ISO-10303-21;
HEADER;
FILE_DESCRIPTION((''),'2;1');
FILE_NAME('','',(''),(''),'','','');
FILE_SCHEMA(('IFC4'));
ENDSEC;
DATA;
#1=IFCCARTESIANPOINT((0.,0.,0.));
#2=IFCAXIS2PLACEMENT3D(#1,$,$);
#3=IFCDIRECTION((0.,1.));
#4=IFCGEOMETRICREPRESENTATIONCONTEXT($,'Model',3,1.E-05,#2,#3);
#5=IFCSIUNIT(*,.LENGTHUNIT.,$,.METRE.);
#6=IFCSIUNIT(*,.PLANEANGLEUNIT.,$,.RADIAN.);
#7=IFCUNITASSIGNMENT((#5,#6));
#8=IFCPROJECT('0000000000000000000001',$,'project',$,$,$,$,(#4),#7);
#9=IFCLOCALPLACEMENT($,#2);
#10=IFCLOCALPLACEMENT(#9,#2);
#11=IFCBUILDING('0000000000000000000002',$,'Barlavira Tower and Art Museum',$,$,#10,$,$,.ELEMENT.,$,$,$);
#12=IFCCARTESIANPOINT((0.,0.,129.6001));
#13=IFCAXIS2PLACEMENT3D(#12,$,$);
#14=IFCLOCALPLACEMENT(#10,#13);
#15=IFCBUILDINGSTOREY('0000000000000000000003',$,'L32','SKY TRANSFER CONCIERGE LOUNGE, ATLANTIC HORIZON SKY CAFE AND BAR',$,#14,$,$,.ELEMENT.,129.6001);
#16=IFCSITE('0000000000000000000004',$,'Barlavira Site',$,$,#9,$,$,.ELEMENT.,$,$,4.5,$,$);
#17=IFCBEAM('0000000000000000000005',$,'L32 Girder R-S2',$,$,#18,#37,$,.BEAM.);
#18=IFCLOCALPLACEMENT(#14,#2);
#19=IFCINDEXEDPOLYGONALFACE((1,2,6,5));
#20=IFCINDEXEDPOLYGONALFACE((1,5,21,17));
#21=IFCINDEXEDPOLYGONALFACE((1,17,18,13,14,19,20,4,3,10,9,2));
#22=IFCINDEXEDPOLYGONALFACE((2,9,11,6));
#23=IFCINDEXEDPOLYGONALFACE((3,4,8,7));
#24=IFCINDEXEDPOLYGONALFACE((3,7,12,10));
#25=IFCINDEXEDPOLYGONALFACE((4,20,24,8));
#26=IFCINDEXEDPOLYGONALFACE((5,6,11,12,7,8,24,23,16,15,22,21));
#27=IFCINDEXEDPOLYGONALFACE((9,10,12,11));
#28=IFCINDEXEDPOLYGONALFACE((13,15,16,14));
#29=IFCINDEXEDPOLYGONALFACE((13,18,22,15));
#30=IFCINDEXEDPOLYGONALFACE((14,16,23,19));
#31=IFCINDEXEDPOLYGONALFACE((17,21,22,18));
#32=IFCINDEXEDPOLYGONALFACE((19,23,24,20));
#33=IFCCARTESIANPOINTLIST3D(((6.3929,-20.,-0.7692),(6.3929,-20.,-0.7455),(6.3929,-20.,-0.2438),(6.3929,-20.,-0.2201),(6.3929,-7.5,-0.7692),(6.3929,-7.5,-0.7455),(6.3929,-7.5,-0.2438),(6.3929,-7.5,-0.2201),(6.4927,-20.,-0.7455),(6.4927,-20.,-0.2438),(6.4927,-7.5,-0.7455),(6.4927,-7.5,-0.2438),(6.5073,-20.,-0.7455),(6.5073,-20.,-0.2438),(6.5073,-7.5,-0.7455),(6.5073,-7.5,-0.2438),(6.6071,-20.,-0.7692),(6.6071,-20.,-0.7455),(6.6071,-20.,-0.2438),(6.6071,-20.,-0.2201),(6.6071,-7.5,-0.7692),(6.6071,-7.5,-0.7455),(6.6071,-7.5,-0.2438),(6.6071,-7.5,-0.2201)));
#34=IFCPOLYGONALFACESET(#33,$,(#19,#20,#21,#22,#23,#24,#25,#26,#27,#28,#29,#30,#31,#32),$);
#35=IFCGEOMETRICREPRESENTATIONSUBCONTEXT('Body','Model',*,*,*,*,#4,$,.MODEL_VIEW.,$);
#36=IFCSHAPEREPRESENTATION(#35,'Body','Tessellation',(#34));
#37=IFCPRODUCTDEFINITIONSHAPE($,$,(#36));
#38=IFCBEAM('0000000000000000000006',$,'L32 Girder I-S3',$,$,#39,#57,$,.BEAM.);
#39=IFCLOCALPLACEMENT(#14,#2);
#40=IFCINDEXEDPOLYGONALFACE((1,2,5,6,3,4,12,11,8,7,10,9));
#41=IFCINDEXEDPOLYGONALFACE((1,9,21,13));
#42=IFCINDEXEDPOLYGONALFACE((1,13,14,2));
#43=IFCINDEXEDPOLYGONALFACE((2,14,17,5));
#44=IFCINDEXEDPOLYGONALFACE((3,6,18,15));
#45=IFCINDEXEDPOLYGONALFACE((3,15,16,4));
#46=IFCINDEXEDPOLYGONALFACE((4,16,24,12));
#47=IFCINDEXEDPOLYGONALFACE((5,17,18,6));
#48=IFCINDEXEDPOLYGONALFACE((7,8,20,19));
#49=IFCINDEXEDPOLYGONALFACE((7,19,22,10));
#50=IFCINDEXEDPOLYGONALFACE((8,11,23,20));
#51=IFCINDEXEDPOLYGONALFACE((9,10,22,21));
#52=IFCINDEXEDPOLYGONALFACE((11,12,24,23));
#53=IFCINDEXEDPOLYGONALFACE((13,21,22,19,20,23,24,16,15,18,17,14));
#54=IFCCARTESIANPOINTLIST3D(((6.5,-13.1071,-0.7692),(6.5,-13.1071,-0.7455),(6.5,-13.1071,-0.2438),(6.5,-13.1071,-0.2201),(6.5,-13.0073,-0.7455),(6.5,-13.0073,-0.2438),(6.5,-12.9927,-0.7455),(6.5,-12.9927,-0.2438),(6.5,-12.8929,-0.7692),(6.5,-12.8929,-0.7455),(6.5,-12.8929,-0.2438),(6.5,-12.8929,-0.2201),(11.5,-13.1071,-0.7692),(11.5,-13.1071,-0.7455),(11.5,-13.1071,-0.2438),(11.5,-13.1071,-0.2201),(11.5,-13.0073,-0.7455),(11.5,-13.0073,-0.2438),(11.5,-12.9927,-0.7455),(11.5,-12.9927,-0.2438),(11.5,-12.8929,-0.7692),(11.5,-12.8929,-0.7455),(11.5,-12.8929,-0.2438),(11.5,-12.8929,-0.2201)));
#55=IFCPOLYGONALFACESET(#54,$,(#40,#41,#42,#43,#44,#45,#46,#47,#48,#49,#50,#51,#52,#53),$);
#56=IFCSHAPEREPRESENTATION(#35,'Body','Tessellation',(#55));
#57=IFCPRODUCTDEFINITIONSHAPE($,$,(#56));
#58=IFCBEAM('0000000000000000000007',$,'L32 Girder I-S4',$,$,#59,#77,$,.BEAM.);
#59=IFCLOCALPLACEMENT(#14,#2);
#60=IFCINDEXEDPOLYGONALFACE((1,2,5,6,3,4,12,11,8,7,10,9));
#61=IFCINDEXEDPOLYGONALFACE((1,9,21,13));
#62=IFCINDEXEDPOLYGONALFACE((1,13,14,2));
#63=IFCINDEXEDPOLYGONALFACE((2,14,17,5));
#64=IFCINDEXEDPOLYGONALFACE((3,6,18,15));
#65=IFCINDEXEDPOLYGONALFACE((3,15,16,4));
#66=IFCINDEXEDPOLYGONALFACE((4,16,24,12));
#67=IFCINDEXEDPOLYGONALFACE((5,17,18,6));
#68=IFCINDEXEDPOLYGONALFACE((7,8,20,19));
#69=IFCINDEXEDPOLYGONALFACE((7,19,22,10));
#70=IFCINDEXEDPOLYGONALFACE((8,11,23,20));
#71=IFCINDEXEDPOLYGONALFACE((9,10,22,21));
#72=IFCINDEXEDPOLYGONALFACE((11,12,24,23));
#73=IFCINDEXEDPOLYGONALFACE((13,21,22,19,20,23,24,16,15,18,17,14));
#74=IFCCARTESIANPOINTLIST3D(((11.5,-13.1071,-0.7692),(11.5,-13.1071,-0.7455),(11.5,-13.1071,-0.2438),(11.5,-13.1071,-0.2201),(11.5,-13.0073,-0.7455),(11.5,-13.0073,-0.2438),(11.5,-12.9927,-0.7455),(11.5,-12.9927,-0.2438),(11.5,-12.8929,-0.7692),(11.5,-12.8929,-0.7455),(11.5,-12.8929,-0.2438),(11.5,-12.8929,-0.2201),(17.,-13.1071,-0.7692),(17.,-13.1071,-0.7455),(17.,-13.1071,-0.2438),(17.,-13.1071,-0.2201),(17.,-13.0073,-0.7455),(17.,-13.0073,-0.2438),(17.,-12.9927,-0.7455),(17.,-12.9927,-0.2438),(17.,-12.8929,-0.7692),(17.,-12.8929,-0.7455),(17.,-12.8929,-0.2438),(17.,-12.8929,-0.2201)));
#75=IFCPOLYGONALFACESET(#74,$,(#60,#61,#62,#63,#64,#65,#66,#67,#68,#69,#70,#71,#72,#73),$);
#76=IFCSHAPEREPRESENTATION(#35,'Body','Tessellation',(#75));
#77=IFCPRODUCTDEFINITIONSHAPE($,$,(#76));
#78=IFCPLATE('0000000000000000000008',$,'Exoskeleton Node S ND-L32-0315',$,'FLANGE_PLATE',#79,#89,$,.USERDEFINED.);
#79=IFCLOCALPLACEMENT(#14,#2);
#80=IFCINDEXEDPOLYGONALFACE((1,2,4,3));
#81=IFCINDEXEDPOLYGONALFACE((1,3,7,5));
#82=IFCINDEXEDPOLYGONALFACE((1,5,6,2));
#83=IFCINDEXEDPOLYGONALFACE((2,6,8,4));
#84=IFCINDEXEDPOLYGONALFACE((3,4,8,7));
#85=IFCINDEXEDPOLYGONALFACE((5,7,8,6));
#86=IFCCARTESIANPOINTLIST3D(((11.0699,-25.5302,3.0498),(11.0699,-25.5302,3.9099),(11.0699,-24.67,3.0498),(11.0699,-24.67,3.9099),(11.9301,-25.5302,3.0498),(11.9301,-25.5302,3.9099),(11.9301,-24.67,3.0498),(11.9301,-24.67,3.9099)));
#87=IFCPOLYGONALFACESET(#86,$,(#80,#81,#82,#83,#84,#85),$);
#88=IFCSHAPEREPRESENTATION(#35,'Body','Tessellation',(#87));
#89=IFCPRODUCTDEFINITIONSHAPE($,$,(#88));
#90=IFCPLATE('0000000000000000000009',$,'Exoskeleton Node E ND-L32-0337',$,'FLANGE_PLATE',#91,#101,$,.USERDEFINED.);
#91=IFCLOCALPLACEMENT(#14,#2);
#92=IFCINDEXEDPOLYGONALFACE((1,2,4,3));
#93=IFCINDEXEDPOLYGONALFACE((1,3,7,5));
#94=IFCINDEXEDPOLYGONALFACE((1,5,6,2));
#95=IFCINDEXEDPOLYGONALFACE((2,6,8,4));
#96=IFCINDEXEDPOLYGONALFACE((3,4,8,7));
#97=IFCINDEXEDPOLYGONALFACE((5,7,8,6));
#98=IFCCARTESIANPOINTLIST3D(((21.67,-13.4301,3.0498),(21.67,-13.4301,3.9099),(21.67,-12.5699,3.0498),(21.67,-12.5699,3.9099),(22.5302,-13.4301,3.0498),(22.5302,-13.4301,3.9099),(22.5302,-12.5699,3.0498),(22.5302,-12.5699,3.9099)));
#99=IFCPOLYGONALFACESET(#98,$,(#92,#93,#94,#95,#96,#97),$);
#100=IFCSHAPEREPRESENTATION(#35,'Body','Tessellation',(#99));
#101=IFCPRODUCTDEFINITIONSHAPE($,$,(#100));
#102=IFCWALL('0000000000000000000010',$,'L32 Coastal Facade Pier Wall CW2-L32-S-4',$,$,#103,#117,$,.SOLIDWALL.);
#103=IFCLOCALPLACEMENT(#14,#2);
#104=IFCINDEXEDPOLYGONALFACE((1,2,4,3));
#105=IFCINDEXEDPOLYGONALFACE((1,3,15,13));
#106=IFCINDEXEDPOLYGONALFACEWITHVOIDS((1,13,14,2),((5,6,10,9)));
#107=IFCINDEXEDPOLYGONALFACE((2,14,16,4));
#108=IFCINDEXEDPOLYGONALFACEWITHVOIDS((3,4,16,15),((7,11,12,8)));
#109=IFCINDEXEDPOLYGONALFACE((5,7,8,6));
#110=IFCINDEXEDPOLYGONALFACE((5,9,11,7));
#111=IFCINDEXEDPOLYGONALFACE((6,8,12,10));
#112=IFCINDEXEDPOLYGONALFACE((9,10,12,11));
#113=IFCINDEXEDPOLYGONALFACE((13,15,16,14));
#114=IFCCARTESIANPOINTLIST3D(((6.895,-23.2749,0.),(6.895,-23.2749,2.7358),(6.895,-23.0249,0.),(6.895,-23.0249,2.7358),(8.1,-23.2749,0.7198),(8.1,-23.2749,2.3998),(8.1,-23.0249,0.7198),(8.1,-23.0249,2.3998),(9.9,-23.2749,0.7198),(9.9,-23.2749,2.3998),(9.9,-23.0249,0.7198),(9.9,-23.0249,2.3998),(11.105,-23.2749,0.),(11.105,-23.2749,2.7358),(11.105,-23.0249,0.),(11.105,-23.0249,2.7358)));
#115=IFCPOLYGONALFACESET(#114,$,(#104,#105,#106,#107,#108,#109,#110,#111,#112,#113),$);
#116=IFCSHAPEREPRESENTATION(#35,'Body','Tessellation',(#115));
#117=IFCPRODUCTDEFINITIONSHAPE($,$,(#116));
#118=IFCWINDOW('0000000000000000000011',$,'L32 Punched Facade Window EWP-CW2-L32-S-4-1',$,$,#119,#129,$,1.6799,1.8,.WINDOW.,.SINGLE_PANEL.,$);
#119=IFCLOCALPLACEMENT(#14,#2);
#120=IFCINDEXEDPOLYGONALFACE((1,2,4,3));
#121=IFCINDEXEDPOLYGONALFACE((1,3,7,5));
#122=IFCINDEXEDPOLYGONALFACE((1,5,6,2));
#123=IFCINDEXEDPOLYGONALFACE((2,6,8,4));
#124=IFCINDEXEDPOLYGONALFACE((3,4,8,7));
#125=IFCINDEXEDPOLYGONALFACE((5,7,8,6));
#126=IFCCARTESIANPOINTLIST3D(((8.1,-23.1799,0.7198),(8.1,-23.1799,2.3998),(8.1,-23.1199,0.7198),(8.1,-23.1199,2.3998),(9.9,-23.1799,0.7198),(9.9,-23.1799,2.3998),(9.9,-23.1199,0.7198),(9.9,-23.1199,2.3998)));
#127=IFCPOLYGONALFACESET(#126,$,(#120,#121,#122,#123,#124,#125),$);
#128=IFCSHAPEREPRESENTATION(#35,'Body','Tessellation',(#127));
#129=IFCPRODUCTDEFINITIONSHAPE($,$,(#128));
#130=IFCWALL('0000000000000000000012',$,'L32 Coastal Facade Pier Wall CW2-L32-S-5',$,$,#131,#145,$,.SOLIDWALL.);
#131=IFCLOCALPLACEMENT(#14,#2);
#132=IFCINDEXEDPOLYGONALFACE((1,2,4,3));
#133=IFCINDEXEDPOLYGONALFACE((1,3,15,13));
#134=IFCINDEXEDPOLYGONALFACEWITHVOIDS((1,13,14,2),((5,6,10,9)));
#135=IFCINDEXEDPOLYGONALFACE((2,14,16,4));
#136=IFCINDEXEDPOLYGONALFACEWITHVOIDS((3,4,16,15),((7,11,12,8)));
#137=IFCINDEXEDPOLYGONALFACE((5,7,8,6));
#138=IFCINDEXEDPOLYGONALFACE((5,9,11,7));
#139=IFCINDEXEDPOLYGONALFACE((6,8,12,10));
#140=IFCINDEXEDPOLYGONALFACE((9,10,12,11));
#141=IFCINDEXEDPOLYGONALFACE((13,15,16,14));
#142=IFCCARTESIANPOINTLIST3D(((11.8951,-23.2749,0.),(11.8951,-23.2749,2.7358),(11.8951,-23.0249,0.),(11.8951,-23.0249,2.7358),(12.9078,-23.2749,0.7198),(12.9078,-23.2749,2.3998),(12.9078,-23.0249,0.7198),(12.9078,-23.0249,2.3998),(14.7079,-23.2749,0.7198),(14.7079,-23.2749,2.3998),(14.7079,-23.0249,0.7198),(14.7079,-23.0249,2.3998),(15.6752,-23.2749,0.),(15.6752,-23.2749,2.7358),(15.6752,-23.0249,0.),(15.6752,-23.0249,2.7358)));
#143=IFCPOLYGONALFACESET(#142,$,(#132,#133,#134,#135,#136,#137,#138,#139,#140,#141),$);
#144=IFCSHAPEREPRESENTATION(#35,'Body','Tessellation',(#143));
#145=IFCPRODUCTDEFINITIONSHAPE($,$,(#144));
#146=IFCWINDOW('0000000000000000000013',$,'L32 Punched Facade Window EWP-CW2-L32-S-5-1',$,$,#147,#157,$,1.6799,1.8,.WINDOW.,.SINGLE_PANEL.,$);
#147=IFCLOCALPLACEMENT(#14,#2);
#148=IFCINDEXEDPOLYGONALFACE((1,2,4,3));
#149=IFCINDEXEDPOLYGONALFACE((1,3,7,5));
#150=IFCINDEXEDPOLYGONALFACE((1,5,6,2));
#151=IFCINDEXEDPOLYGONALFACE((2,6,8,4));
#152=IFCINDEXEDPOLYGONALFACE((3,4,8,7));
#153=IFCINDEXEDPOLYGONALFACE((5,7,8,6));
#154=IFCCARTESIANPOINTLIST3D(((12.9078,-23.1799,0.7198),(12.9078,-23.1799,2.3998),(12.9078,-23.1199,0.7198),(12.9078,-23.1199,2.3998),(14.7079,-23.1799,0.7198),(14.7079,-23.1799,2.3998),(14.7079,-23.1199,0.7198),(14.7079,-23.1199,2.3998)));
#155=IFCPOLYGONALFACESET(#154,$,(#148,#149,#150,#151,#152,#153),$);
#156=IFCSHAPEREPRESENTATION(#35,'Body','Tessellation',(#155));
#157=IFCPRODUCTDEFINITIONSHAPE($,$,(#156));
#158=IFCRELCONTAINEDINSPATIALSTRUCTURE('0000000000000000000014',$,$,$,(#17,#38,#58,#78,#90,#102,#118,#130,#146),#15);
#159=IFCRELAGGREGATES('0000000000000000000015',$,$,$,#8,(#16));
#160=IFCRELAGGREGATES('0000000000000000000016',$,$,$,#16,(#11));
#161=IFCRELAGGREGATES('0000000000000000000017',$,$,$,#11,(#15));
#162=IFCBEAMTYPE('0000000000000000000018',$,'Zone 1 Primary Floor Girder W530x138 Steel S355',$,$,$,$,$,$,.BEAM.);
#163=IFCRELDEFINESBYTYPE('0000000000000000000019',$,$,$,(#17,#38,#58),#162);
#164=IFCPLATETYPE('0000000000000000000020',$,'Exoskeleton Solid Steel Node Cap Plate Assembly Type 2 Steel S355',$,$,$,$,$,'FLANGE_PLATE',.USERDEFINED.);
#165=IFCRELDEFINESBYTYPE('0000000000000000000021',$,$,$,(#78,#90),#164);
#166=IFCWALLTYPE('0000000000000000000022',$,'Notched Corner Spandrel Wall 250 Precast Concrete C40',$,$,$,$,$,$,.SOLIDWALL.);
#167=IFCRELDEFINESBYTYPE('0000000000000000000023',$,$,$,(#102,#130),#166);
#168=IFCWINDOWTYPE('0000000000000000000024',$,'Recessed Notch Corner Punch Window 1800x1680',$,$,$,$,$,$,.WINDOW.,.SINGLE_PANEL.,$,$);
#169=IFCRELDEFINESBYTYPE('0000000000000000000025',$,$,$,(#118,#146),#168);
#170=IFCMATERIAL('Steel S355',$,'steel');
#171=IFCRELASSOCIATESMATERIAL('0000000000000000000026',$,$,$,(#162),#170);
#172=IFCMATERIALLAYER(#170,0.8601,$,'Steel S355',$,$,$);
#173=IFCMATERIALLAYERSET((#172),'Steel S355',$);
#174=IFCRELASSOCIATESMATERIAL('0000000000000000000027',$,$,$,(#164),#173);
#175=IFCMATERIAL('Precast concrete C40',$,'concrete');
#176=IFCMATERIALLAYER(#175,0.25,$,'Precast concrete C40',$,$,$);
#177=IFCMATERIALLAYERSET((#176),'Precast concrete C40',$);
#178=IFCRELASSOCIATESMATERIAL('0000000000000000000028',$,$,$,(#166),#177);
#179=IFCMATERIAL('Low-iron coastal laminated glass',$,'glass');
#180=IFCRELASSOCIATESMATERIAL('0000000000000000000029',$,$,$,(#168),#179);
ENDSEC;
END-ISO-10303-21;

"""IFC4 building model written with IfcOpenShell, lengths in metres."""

from ifc_helpers import new_model, si_unit, direction, frame, frame_2d, origin, origin_2d, place, context, subcontext, project, spatial, rectangle, i_section, extrude, material, layer, layer_set, material_profile, profile_set, type_object, element, fill, save


model = new_model("IFC4")

# Units and contexts
model_context = context("Model", 3, precision=1e-05, world=origin(), true_north=direction((0.0, 1.0)))
body_context = subcontext(model_context, "Body", "Model", "MODEL_VIEW")
ifc_project = project(units=[si_unit("LENGTHUNIT", "METRE"), si_unit("PLANEANGLEUNIT", "RADIAN")], contexts=[model_context])

# Site, building, storey
site_placement = place(None, origin())
site = spatial("IfcSite", under=ifc_project, at=site_placement, Name="Barlavira Site", CompositionType="ELEMENT", RefElevation=4.5)
building_placement = place(site_placement, origin())
building = spatial("IfcBuilding", under=site, at=building_placement, Name="Barlavira Tower and Art Museum", CompositionType="ELEMENT")
storey_placement = place(building_placement, frame((0.0, 0.0, 129.6001)))
storey = spatial("IfcBuildingStorey", under=building, at=storey_placement, Name="L32", Description="SKY TRANSFER CONCIERGE LOUNGE, ATLANTIC HORIZON SKY CAFE AND BAR", CompositionType="ELEMENT", Elevation=129.6001)

# Shared definitions
ifc_material_1 = material(Name="Steel S355", Category="steel")

# Beams
ifc_material_profile_1 = material_profile(ifc_material_1, i_section(OverallWidth=0.2141, OverallDepth=0.5491, WebThickness=0.0146, FlangeThickness=0.0237, at=origin_2d()), Name="W530x138.0")
ifc_profile_set_1 = profile_set([ifc_material_profile_1], Name="Steel S355")
beam_type_1 = type_object("IfcBeamType", Name="Zone 1 Primary Floor Girder W530x138 Steel S355", PredefinedType="BEAM", material=ifc_profile_set_1)
beam_1_placement = place(storey_placement, frame((6.5, -20.0, -0.4946), z_axis=(0.0, 1.0, 0.0), x_axis=(-1.0, 0.0, 0.0)))
element("IfcBeam", 1, at=beam_1_placement, inside=storey, type_object=beam_type_1, Name="L32 Girder R-S2", PredefinedType="BEAM", context=body_context, shape_type="SweptSolid", body=[
    extrude(i_section(OverallWidth=0.2141, OverallDepth=0.5491, WebThickness=0.0146, FlangeThickness=0.0237, at=origin_2d()), origin(), (0.0, 0.0, 1.0), 12.5),
])
beam_2_placement = place(storey_placement, frame((6.5, -13.0, -0.4946), z_axis=(1.0, 0.0, 0.0), x_axis=(0.0, 1.0, 0.0)))
element("IfcBeam", 2, at=beam_2_placement, inside=storey, type_object=beam_type_1, Name="L32 Girder I-S3", PredefinedType="BEAM", context=body_context, shape_type="SweptSolid", body=[
    extrude(i_section(OverallWidth=0.2141, OverallDepth=0.5491, WebThickness=0.0146, FlangeThickness=0.0237, at=origin_2d()), origin(), (0.0, 0.0, 1.0), 5.0),
])
beam_3_placement = place(storey_placement, frame((11.5, -13.0, -0.4946), z_axis=(1.0, 0.0, 0.0), x_axis=(0.0, 1.0, 0.0)))
element("IfcBeam", 3, at=beam_3_placement, inside=storey, type_object=beam_type_1, Name="L32 Girder I-S4", PredefinedType="BEAM", context=body_context, shape_type="SweptSolid", body=[
    extrude(i_section(OverallWidth=0.2141, OverallDepth=0.5491, WebThickness=0.0146, FlangeThickness=0.0237, at=origin_2d()), origin(), (0.0, 0.0, 1.0), 5.5),
])

# Plates
ifc_layer_1 = layer(ifc_material_1, 0.8601, Name="Steel S355")
ifc_layer_set_1 = layer_set([ifc_layer_1], Name="Steel S355")
plate_type = type_object("IfcPlateType", Name="Exoskeleton Solid Steel Node Cap Plate Assembly Type 2 Steel S355", ElementType="FLANGE_PLATE", PredefinedType="USERDEFINED", material=ifc_layer_set_1)
for number, where, z_axis, x_axis, name in (
    (4, (11.5, -25.1001, 3.0498), (0.0, 0.0, 1.0), (1.0, 0.0, 0.0), "Exoskeleton Node S ND-L32-0315"),
    (5, (22.1001, -13.0, 3.0498), (0.0, 0.0, 1.0), (1.0, 0.0, 0.0), "Exoskeleton Node E ND-L32-0337"),
):
    element("IfcPlate", number, at=place(storey_placement, frame(where, z_axis=z_axis, x_axis=x_axis)), inside=storey, type_object=plate_type, Name=name, ObjectType="FLANGE_PLATE", PredefinedType="USERDEFINED", context=body_context, shape_type="SweptSolid", body=[
        extrude(rectangle(XDim=0.8601, YDim=0.8601, at=origin_2d()), origin(), (0.0, 0.0, 1.0), 0.8601),
    ])

# Walls, openings, windows
ifc_material_2 = material(Name="Precast concrete C40", Category="concrete")
ifc_layer_2 = layer(ifc_material_2, 0.25, Name="Precast concrete C40")
ifc_layer_set_2 = layer_set([ifc_layer_2], Name="Precast concrete C40")
wall_type = type_object("IfcWallType", Name="Notched Corner Spandrel Wall 250 Precast Concrete C40", PredefinedType="SOLIDWALL", material=ifc_layer_set_2)
wall_1_placement = place(storey_placement, frame((6.895, -23.1499, 0.0), z_axis=(0.0, 0.0, 1.0), x_axis=(1.0, 0.0, 0.0)))
wall_1 = element("IfcWall", 6, at=wall_1_placement, inside=storey, type_object=wall_type, Name="L32 Coastal Facade Pier Wall CW2-L32-S-4", PredefinedType="SOLIDWALL", context=body_context, shape_type="SweptSolid", body=[
    extrude(rectangle(XDim=4.21, YDim=0.25, at=frame_2d((2.105, 0.0))), origin(), (0.0, 0.0, 1.0), 2.7358),
])
opening_1_placement = place(wall_1_placement, frame((1.2051, 0.0, 0.72)))
opening_1 = element("IfcOpeningElement", 7, at=opening_1_placement, cuts=wall_1, PredefinedType="OPENING", context=body_context, shape_type="SweptSolid", body=[
    extrude(rectangle(XDim=1.8, YDim=1.6799, at=frame_2d((0.8999, 0.8398))), frame((0.0, 0.135, 0.0), z_axis=(0.0, -1.0, 0.0), x_axis=(1.0, 0.0, 0.0)), (0.0, 0.0, 1.0), 0.27),
])
ifc_material_3 = material(Name="Low-iron coastal laminated glass", Category="glass")
window_type = type_object("IfcWindowType", Name="Recessed Notch Corner Punch Window 1800x1680", PartitioningType="SINGLE_PANEL", PredefinedType="WINDOW", material=ifc_material_3)
window_1_placement = place(opening_1_placement, origin())
window_1 = element("IfcWindow", 8, at=window_1_placement, inside=storey, type_object=window_type, Name="L32 Punched Facade Window EWP-CW2-L32-S-4-1", OverallHeight=1.6799, OverallWidth=1.8, PartitioningType="SINGLE_PANEL", PredefinedType="WINDOW", context=body_context, shape_type="SweptSolid", body=[
    extrude(rectangle(XDim=1.8, YDim=1.6799, at=frame_2d((0.8999, 0.8398))), frame((0.0, 0.03, 0.0), z_axis=(0.0, -1.0, 0.0), x_axis=(1.0, 0.0, 0.0)), (0.0, 0.0, 1.0), 0.0601),
])
fill(opening_1, window_1)
wall_2_placement = place(storey_placement, frame((11.895, -23.1499, 0.0), z_axis=(0.0, 0.0, 1.0), x_axis=(1.0, 0.0, 0.0)))
wall_2 = element("IfcWall", 9, at=wall_2_placement, inside=storey, type_object=wall_type, Name="L32 Coastal Facade Pier Wall CW2-L32-S-5", PredefinedType="SOLIDWALL", context=body_context, shape_type="SweptSolid", body=[
    extrude(rectangle(XDim=3.78, YDim=0.25, at=frame_2d((1.8901, 0.0))), origin(), (0.0, 0.0, 1.0), 2.7358),
])
opening_2_placement = place(wall_2_placement, frame((1.0129, 0.0, 0.72)))
opening_2 = element("IfcOpeningElement", 10, at=opening_2_placement, cuts=wall_2, PredefinedType="OPENING", context=body_context, shape_type="SweptSolid", body=[
    extrude(rectangle(XDim=1.8, YDim=1.6799, at=frame_2d((0.8999, 0.8398))), frame((0.0, 0.135, 0.0), z_axis=(0.0, -1.0, 0.0), x_axis=(1.0, 0.0, 0.0)), (0.0, 0.0, 1.0), 0.27),
])
window_2_placement = place(opening_2_placement, origin())
window_2 = element("IfcWindow", 11, at=window_2_placement, inside=storey, type_object=window_type, Name="L32 Punched Facade Window EWP-CW2-L32-S-5-1", OverallHeight=1.6799, OverallWidth=1.8, PartitioningType="SINGLE_PANEL", PredefinedType="WINDOW", context=body_context, shape_type="SweptSolid", body=[
    extrude(rectangle(XDim=1.8, YDim=1.6799, at=frame_2d((0.8999, 0.8398))), frame((0.0, 0.03, 0.0), z_axis=(0.0, -1.0, 0.0), x_axis=(1.0, 0.0, 0.0)), (0.0, 0.0, 1.0), 0.0601),
])
fill(opening_2, window_2)

save(model, "model.ifc")
